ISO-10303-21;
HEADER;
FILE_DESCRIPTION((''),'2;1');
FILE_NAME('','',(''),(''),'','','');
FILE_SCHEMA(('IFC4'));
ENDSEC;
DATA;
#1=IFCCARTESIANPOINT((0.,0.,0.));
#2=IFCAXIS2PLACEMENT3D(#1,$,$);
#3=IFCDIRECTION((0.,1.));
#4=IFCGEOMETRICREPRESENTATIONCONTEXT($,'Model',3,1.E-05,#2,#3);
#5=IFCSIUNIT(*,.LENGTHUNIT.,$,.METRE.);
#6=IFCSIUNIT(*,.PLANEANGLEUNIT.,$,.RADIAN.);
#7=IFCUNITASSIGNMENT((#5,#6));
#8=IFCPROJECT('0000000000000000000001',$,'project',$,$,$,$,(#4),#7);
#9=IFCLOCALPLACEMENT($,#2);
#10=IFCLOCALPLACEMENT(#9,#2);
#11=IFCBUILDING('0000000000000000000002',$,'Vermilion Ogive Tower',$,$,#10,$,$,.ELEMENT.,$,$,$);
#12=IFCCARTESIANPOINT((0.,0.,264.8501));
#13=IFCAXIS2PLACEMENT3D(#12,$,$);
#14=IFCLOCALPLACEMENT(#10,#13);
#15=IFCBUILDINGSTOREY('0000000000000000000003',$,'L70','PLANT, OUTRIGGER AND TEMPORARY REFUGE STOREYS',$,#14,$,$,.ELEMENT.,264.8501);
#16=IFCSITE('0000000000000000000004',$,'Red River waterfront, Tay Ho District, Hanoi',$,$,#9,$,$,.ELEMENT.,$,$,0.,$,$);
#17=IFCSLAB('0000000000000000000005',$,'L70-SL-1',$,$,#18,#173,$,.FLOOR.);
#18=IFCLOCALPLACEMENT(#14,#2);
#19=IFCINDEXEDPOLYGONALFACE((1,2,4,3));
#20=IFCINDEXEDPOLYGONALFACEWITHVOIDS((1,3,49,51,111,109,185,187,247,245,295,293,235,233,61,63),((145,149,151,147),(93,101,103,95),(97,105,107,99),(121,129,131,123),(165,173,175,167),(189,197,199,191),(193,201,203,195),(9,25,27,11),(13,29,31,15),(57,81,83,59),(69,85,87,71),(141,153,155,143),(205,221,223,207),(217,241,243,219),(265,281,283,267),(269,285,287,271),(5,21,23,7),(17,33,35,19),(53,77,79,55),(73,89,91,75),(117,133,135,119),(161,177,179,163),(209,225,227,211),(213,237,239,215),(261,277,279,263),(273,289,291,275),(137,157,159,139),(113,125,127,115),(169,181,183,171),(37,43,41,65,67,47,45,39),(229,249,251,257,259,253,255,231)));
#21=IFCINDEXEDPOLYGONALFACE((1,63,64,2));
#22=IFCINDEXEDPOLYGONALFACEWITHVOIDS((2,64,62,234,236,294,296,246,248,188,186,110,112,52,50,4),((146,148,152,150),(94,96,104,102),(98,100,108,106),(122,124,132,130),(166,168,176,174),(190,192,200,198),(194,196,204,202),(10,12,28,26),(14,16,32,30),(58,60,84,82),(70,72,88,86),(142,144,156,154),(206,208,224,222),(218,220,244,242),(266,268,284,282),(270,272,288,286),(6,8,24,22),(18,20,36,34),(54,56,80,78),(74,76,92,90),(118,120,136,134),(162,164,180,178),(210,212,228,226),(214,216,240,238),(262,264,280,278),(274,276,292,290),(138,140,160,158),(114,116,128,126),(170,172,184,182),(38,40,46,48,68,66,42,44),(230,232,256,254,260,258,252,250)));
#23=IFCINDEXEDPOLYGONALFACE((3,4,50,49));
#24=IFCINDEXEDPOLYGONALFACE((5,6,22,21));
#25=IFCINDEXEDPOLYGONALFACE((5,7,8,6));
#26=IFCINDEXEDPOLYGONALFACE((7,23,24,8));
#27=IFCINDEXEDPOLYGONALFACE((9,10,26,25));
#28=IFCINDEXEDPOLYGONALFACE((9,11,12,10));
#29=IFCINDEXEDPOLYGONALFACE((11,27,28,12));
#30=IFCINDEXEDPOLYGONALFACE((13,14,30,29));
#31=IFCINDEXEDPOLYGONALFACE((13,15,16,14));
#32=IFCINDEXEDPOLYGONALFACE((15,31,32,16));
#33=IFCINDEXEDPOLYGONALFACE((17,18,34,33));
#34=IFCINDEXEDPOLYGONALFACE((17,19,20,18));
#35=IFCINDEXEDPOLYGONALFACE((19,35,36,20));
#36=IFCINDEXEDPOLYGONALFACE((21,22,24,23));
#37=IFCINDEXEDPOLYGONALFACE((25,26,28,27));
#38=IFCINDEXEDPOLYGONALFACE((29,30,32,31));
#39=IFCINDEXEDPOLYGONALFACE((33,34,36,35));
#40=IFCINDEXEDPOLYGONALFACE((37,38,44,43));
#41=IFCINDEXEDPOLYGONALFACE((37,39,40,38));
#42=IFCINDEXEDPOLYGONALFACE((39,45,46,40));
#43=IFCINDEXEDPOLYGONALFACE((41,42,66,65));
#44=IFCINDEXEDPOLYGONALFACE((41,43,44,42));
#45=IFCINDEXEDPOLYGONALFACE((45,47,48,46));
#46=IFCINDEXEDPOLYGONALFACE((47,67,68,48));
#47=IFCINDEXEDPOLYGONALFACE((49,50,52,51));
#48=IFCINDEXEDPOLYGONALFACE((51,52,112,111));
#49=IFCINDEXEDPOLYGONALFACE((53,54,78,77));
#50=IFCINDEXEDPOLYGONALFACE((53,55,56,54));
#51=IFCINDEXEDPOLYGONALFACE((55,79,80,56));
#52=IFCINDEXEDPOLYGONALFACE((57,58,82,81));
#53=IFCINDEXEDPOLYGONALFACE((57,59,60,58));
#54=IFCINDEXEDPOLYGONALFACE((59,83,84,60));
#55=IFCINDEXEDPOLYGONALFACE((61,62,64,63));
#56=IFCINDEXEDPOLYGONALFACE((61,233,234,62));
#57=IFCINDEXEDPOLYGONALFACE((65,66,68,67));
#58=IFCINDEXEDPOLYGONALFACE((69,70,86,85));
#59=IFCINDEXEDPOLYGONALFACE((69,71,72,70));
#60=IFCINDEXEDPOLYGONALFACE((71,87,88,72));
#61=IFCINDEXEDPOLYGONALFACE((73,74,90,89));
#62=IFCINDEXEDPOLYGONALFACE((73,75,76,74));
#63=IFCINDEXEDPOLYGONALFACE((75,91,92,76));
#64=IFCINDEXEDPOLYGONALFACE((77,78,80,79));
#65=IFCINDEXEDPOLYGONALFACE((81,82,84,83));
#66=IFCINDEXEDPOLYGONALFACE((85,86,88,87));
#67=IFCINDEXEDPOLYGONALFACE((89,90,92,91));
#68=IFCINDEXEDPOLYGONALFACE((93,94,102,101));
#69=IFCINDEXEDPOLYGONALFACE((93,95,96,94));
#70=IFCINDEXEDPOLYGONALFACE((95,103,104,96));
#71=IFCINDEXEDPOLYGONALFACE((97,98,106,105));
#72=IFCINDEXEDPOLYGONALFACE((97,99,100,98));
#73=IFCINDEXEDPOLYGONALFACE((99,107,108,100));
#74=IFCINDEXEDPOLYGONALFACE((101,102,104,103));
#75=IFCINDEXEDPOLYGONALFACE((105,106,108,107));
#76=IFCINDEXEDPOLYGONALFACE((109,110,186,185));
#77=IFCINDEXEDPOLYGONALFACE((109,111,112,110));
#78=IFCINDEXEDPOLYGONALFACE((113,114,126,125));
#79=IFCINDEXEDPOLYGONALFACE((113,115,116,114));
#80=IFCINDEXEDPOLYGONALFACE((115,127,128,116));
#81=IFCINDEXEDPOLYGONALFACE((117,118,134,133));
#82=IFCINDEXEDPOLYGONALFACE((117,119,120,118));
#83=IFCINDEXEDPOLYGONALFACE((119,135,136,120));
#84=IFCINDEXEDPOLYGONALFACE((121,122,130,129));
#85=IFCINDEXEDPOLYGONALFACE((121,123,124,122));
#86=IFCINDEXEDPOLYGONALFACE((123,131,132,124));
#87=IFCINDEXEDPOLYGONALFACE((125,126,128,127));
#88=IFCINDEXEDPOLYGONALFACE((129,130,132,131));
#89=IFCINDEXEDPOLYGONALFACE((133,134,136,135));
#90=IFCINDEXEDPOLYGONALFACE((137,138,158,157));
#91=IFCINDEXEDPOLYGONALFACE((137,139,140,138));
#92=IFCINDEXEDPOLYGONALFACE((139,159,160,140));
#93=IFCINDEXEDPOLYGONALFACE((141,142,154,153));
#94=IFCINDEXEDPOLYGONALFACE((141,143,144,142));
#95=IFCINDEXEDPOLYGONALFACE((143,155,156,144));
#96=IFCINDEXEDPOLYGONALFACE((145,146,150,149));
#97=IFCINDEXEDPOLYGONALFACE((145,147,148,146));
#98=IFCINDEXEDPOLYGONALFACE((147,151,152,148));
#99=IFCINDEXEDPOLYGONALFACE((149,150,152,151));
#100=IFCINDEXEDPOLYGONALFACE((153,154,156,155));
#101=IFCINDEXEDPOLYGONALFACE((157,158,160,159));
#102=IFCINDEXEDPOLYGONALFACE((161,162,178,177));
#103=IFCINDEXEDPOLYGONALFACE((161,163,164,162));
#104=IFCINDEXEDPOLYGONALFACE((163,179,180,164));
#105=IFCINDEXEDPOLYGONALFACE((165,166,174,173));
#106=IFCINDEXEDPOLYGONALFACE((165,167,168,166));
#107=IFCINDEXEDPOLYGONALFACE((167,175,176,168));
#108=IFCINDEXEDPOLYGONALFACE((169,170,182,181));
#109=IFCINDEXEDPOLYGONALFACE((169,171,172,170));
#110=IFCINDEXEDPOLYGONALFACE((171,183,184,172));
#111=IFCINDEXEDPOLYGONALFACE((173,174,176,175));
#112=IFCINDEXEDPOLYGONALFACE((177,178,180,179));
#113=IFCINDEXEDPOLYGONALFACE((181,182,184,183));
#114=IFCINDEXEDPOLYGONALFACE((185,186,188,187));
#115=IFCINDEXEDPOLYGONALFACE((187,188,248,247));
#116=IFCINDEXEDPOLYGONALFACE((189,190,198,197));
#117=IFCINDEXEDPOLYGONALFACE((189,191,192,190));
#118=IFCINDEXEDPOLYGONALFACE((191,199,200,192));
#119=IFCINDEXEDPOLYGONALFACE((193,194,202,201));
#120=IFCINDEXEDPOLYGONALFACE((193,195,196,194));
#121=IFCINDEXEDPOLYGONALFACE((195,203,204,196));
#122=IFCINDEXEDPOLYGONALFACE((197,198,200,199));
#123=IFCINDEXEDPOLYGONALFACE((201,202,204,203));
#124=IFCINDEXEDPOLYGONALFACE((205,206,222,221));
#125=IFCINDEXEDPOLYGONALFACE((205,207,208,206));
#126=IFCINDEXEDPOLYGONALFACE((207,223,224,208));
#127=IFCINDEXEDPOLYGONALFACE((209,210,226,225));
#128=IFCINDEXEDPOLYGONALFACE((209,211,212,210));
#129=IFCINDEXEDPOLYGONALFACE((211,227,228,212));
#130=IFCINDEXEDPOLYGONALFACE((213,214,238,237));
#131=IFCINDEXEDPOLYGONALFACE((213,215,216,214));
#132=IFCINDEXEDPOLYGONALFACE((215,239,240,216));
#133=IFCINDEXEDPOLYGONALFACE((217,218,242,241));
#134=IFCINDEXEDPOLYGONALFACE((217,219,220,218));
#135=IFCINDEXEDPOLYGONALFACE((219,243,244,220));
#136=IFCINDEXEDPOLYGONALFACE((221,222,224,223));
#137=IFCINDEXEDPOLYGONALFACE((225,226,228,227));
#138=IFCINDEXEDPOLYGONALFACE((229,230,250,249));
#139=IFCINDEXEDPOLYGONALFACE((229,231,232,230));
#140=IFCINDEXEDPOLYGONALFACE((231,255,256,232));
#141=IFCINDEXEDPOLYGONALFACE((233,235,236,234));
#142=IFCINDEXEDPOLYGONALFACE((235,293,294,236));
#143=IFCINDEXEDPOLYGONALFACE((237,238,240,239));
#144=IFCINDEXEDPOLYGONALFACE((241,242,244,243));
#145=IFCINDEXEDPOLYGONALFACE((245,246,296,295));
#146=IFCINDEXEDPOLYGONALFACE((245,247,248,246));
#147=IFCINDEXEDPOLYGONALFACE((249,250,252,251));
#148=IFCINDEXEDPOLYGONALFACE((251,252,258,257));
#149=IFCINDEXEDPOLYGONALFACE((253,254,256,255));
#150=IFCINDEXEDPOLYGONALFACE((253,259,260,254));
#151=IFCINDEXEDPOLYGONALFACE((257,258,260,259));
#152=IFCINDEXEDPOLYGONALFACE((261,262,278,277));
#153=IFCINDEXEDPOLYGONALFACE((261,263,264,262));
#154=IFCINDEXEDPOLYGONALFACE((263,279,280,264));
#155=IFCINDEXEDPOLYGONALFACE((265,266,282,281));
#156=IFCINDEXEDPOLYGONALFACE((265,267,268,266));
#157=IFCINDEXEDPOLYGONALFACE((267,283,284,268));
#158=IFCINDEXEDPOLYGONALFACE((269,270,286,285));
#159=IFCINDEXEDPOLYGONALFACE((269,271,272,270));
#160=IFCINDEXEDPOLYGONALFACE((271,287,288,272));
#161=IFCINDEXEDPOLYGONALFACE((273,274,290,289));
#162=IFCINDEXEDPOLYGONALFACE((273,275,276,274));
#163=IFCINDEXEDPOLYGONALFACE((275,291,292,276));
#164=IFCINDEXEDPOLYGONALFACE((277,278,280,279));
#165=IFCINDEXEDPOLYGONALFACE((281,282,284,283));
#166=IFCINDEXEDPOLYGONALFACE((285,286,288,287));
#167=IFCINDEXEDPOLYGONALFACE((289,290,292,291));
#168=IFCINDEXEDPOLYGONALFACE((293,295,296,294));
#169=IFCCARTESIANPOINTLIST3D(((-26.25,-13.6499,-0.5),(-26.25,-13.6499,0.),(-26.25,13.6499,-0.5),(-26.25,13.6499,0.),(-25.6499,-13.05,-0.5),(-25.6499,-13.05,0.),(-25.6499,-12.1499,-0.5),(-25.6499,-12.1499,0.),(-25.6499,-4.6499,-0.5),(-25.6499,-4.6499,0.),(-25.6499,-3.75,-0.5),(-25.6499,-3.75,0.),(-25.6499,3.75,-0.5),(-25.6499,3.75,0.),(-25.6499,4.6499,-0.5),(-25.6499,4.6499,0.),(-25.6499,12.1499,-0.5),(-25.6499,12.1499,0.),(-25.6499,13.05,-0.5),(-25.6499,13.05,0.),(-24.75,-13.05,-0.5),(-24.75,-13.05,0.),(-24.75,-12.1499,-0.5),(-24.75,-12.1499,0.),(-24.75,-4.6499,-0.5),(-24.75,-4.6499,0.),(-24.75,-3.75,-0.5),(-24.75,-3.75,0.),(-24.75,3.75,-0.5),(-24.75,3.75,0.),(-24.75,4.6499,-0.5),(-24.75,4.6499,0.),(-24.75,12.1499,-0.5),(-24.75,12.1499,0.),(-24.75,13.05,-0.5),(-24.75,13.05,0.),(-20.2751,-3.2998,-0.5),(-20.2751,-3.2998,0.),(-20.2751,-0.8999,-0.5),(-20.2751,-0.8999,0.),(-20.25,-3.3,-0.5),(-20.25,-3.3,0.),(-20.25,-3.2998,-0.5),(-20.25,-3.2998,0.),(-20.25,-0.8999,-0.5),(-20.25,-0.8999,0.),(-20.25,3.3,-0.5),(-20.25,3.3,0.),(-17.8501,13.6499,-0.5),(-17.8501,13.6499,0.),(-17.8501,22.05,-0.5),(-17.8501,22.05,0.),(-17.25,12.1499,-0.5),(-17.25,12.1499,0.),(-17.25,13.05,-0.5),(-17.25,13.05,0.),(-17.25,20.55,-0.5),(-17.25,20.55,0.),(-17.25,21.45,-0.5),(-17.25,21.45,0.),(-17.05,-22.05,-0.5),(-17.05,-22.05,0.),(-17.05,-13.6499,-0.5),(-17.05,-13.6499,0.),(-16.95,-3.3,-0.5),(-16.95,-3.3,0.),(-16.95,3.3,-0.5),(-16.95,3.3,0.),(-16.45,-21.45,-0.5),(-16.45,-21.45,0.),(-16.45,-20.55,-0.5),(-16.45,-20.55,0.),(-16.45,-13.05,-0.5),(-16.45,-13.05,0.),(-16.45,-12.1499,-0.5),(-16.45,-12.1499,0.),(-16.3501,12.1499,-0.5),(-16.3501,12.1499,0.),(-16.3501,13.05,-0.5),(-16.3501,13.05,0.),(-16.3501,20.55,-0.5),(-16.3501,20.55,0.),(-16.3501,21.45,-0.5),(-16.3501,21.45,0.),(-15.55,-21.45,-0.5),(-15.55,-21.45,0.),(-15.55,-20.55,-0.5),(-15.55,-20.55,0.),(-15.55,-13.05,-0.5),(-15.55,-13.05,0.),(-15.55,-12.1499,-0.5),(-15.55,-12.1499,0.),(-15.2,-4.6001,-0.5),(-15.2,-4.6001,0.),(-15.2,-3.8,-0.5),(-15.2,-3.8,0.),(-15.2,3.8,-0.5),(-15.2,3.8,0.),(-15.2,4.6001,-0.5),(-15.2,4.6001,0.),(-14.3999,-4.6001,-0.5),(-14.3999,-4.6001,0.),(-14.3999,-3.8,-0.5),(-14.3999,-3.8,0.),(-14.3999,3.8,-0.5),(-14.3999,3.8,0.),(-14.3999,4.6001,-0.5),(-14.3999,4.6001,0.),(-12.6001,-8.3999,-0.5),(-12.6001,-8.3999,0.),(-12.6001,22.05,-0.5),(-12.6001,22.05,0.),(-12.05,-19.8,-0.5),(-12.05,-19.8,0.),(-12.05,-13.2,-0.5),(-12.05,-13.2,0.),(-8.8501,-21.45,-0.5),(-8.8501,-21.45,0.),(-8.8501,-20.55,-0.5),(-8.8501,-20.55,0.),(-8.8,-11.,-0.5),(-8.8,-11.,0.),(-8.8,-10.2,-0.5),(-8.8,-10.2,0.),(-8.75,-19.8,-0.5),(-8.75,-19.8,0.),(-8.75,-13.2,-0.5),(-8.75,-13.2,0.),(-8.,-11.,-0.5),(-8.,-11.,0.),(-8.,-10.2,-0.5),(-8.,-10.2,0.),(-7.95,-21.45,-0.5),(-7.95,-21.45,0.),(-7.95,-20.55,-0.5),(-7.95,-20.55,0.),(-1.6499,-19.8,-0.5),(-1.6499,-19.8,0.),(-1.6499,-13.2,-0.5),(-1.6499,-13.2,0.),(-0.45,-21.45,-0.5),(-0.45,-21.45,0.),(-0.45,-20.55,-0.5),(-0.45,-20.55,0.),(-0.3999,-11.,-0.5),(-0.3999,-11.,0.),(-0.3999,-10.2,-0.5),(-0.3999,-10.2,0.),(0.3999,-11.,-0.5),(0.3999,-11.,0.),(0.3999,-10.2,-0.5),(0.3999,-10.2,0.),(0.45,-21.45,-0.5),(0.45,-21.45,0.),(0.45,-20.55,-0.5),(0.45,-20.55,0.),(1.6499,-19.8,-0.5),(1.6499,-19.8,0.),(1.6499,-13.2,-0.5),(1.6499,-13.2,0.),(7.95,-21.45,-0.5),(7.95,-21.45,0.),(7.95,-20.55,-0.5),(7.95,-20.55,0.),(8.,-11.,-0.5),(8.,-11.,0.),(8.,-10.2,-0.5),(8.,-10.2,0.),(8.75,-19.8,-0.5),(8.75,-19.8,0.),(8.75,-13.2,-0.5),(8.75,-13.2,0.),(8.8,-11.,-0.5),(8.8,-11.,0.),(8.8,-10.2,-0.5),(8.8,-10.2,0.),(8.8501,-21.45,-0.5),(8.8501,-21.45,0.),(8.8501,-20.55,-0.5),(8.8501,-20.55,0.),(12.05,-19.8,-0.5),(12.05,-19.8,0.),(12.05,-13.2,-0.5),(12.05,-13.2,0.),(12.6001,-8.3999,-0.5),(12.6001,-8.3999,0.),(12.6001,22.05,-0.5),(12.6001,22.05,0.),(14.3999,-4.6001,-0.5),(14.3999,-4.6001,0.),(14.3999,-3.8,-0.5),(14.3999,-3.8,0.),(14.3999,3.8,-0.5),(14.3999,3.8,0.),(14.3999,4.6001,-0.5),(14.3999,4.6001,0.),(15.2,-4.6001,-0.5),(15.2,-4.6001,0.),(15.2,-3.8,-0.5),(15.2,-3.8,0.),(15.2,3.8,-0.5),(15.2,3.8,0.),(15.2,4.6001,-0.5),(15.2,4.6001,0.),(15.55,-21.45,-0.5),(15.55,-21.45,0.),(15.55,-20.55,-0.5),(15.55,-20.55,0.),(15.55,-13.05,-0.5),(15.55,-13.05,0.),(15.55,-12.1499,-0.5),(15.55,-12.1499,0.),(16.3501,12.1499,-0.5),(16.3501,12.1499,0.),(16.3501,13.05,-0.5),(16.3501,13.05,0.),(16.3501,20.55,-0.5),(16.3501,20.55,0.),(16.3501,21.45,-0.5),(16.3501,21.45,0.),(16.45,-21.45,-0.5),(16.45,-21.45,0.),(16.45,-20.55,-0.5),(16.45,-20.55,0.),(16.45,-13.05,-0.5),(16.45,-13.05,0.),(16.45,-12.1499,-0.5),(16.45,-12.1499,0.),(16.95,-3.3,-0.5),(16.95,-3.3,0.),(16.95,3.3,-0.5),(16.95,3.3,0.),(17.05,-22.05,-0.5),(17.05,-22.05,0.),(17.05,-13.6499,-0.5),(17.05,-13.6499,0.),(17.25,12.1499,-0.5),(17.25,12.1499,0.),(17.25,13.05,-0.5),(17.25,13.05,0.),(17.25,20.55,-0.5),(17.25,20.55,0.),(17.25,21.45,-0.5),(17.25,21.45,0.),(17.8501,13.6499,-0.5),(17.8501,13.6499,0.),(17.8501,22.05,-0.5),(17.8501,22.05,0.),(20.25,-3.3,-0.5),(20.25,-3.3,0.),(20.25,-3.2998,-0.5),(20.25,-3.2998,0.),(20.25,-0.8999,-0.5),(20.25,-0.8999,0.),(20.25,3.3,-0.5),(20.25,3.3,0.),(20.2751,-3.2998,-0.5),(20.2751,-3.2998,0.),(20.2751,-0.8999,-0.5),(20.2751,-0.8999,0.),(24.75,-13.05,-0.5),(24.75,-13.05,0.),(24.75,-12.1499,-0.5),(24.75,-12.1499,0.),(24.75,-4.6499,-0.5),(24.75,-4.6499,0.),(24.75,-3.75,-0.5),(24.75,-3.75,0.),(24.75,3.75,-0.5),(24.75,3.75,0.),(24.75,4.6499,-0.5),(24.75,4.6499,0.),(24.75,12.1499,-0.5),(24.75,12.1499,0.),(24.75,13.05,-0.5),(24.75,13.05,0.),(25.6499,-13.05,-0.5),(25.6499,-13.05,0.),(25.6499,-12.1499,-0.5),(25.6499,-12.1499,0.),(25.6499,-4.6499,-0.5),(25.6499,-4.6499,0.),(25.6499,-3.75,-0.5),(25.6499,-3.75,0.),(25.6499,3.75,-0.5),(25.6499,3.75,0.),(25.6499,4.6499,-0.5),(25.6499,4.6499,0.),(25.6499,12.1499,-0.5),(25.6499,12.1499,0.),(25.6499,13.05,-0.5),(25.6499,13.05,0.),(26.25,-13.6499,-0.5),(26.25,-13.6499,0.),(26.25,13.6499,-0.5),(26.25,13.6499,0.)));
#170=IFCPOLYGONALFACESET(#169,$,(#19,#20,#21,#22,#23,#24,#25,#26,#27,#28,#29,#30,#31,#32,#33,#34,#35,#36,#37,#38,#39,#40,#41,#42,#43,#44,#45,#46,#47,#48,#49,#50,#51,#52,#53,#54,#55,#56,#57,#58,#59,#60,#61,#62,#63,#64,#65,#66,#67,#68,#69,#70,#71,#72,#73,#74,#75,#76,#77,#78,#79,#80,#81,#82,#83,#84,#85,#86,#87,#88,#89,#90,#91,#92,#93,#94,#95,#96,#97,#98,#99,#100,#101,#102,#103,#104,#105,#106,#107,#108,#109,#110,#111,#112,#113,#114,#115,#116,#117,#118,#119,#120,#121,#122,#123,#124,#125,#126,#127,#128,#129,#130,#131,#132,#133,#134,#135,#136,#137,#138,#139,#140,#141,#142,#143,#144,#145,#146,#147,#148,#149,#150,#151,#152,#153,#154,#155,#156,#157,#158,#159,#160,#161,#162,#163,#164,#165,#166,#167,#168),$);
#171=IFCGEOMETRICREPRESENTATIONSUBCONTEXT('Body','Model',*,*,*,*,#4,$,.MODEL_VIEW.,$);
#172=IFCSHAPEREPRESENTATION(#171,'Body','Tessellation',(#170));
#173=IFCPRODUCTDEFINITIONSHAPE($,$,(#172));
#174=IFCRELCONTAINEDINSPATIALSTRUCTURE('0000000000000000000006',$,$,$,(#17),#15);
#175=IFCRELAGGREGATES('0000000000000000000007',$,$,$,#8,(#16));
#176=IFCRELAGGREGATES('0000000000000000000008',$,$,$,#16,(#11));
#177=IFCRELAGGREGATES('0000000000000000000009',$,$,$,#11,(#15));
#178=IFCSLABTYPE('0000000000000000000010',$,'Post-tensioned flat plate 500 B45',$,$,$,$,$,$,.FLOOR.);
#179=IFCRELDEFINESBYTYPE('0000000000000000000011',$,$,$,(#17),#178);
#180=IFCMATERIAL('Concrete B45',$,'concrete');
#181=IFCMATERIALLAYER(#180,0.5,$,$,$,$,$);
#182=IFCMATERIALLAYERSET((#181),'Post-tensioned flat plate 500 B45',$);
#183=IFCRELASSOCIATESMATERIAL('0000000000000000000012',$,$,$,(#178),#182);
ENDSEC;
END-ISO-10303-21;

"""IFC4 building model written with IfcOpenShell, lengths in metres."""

from ifc_helpers import new_model, si_unit, direction, frame, origin, place, context, subcontext, project, spatial, polyline, outline, extrude, material, layer, layer_set, type_object, element, save


model = new_model("IFC4")

# Units and contexts
model_context = context("Model", 3, precision=1e-05, world=origin(), true_north=direction((0.0, 1.0)))
body_context = subcontext(model_context, "Body", "Model", "MODEL_VIEW")
ifc_project = project(units=[si_unit("LENGTHUNIT", "METRE"), si_unit("PLANEANGLEUNIT", "RADIAN")], contexts=[model_context])

# Site, building, storey
site_placement = place(None, origin())
site = spatial("IfcSite", under=ifc_project, at=site_placement, Name="Red River waterfront, Tay Ho District, Hanoi", CompositionType="ELEMENT", RefElevation=0.0)
building_placement = place(site_placement, origin())
building = spatial("IfcBuilding", under=site, at=building_placement, Name="Vermilion Ogive Tower", CompositionType="ELEMENT")
storey_placement = place(building_placement, frame((0.0, 0.0, 264.8501)))
storey = spatial("IfcBuildingStorey", under=building, at=storey_placement, Name="L70", Description="PLANT, OUTRIGGER AND TEMPORARY REFUGE STOREYS", CompositionType="ELEMENT", Elevation=264.8501)

# Slab
ifc_material_1 = material(Name="Concrete B45", Category="concrete")
ifc_layer_1 = layer(ifc_material_1, 0.5)
ifc_layer_set_1 = layer_set([ifc_layer_1], Name="Post-tensioned flat plate 500 B45")
slab_type = type_object("IfcSlabType", Name="Post-tensioned flat plate 500 B45", PredefinedType="FLOOR", material=ifc_layer_set_1)
slab_placement = place(storey_placement, frame((0.0, 0.0, -0.5)))
element("IfcSlab", 1, at=slab_placement, inside=storey, type_object=slab_type, Name="L70-SL-1", PredefinedType="FLOOR", context=body_context, shape_type="SweptSolid", body=[
    extrude(outline(polyline([(-26.25, 13.6499), (-26.25, -13.6499), (-17.05, -13.6499), (-17.05, -22.05), (17.05, -22.05), (17.05, -13.6499), (26.25, -13.6499), (26.25, 13.6499), (17.8501, 13.6499), (17.8501, 22.05), (12.6001, 22.05), (12.6001, -8.3999), (-12.6001, -8.3999), (-12.6001, 22.05), (-17.8501, 22.05), (-17.8501, 13.6499), (-26.25, 13.6499)]), holes=[polyline([(24.75, 13.05), (25.6499, 13.05), (25.6499, 12.1499), (24.75, 12.1499), (24.75, 13.05)]), polyline([(24.75, -12.1499), (25.6499, -12.1499), (25.6499, -13.05), (24.75, -13.05), (24.75, -12.1499)]), polyline([(25.6499, 4.6499), (25.6499, 3.75), (24.75, 3.75), (24.75, 4.6499), (25.6499, 4.6499)]), polyline([(25.6499, -3.75), (25.6499, -4.6499), (24.75, -4.6499), (24.75, -3.75), (25.6499, -3.75)]), polyline([(20.2751, -3.2998), (20.25, -3.2998), (20.25, -3.3), (16.95, -3.3), (16.95, 3.3), (20.25, 3.3), (20.25, -0.8999), (20.2751, -0.8999), (20.2751, -3.2998)]), polyline([(16.3501, 13.05), (17.25, 13.05), (17.25, 12.1499), (16.3501, 12.1499), (16.3501, 13.05)]), polyline([(17.25, 21.45), (17.25, 20.55), (16.3501, 20.55), (16.3501, 21.45), (17.25, 21.45)]), polyline([(15.55, -12.1499), (16.45, -12.1499), (16.45, -13.05), (15.55, -13.05), (15.55, -12.1499)]), polyline([(15.55, -20.55), (16.45, -20.55), (16.45, -21.45), (15.55, -21.45), (15.55, -20.55)]), polyline([(14.3999, 4.6001), (15.2, 4.6001), (15.2, 3.8), (14.3999, 3.8), (14.3999, 4.6001)]), polyline([(14.3999, -3.8), (15.2, -3.8), (15.2, -4.6001), (14.3999, -4.6001), (14.3999, -3.8)]), polyline([(8.75, -13.2), (12.05, -13.2), (12.05, -19.8), (8.75, -19.8), (8.75, -13.2)]), polyline([(7.95, -20.55), (8.8501, -20.55), (8.8501, -21.45), (7.95, -21.45), (7.95, -20.55)]), polyline([(8.0, -10.2), (8.8, -10.2), (8.8, -11.0), (8.0, -11.0), (8.0, -10.2)]), polyline([(-1.6499, -13.2), (1.6499, -13.2), (1.6499, -19.8), (-1.6499, -19.8), (-1.6499, -13.2)]), polyline([(-0.45, -20.55), (0.45, -20.55), (0.45, -21.45), (-0.45, -21.45), (-0.45, -20.55)]), polyline([(-0.3999, -10.2), (0.3999, -10.2), (0.3999, -11.0), (-0.3999, -11.0), (-0.3999, -10.2)]), polyline([(-8.8501, -20.55), (-7.95, -20.55), (-7.95, -21.45), (-8.8501, -21.45), (-8.8501, -20.55)]), polyline([(-8.0, -10.2), (-8.0, -11.0), (-8.8, -11.0), (-8.8, -10.2), (-8.0, -10.2)]), polyline([(-12.05, -13.2), (-8.75, -13.2), (-8.75, -19.8), (-12.05, -19.8), (-12.05, -13.2)]), polyline([(-15.2, -3.8), (-14.3999, -3.8), (-14.3999, -4.6001), (-15.2, -4.6001), (-15.2, -3.8)]), polyline([(-14.3999, 4.6001), (-14.3999, 3.8), (-15.2, 3.8), (-15.2, 4.6001), (-14.3999, 4.6001)]), polyline([(-16.45, -12.1499), (-15.55, -12.1499), (-15.55, -13.05), (-16.45, -13.05), (-16.45, -12.1499)]), polyline([(-16.45, -20.55), (-15.55, -20.55), (-15.55, -21.45), (-16.45, -21.45), (-16.45, -20.55)]), polyline([(-17.25, 13.05), (-16.3501, 13.05), (-16.3501, 12.1499), (-17.25, 12.1499), (-17.25, 13.05)]), polyline([(-16.3501, 21.45), (-16.3501, 20.55), (-17.25, 20.55), (-17.25, 21.45), (-16.3501, 21.45)]), polyline([(-20.25, -3.3), (-20.25, -3.2998), (-20.2751, -3.2998), (-20.2751, -0.8999), (-20.25, -0.8999), (-20.25, 3.3), (-16.95, 3.3), (-16.95, -3.3), (-20.25, -3.3)]), polyline([(-24.75, -3.75), (-24.75, -4.6499), (-25.6499, -4.6499), (-25.6499, -3.75), (-24.75, -3.75)]), polyline([(-25.6499, 4.6499), (-24.75, 4.6499), (-24.75, 3.75), (-25.6499, 3.75), (-25.6499, 4.6499)]), polyline([(-25.6499, -12.1499), (-24.75, -12.1499), (-24.75, -13.05), (-25.6499, -13.05), (-25.6499, -12.1499)]), polyline([(-24.75, 13.05), (-24.75, 12.1499), (-25.6499, 12.1499), (-25.6499, 13.05), (-24.75, 13.05)])]), origin(), (0.0, 0.0, 1.0), 0.5),
])

save(model, "model.ifc")
